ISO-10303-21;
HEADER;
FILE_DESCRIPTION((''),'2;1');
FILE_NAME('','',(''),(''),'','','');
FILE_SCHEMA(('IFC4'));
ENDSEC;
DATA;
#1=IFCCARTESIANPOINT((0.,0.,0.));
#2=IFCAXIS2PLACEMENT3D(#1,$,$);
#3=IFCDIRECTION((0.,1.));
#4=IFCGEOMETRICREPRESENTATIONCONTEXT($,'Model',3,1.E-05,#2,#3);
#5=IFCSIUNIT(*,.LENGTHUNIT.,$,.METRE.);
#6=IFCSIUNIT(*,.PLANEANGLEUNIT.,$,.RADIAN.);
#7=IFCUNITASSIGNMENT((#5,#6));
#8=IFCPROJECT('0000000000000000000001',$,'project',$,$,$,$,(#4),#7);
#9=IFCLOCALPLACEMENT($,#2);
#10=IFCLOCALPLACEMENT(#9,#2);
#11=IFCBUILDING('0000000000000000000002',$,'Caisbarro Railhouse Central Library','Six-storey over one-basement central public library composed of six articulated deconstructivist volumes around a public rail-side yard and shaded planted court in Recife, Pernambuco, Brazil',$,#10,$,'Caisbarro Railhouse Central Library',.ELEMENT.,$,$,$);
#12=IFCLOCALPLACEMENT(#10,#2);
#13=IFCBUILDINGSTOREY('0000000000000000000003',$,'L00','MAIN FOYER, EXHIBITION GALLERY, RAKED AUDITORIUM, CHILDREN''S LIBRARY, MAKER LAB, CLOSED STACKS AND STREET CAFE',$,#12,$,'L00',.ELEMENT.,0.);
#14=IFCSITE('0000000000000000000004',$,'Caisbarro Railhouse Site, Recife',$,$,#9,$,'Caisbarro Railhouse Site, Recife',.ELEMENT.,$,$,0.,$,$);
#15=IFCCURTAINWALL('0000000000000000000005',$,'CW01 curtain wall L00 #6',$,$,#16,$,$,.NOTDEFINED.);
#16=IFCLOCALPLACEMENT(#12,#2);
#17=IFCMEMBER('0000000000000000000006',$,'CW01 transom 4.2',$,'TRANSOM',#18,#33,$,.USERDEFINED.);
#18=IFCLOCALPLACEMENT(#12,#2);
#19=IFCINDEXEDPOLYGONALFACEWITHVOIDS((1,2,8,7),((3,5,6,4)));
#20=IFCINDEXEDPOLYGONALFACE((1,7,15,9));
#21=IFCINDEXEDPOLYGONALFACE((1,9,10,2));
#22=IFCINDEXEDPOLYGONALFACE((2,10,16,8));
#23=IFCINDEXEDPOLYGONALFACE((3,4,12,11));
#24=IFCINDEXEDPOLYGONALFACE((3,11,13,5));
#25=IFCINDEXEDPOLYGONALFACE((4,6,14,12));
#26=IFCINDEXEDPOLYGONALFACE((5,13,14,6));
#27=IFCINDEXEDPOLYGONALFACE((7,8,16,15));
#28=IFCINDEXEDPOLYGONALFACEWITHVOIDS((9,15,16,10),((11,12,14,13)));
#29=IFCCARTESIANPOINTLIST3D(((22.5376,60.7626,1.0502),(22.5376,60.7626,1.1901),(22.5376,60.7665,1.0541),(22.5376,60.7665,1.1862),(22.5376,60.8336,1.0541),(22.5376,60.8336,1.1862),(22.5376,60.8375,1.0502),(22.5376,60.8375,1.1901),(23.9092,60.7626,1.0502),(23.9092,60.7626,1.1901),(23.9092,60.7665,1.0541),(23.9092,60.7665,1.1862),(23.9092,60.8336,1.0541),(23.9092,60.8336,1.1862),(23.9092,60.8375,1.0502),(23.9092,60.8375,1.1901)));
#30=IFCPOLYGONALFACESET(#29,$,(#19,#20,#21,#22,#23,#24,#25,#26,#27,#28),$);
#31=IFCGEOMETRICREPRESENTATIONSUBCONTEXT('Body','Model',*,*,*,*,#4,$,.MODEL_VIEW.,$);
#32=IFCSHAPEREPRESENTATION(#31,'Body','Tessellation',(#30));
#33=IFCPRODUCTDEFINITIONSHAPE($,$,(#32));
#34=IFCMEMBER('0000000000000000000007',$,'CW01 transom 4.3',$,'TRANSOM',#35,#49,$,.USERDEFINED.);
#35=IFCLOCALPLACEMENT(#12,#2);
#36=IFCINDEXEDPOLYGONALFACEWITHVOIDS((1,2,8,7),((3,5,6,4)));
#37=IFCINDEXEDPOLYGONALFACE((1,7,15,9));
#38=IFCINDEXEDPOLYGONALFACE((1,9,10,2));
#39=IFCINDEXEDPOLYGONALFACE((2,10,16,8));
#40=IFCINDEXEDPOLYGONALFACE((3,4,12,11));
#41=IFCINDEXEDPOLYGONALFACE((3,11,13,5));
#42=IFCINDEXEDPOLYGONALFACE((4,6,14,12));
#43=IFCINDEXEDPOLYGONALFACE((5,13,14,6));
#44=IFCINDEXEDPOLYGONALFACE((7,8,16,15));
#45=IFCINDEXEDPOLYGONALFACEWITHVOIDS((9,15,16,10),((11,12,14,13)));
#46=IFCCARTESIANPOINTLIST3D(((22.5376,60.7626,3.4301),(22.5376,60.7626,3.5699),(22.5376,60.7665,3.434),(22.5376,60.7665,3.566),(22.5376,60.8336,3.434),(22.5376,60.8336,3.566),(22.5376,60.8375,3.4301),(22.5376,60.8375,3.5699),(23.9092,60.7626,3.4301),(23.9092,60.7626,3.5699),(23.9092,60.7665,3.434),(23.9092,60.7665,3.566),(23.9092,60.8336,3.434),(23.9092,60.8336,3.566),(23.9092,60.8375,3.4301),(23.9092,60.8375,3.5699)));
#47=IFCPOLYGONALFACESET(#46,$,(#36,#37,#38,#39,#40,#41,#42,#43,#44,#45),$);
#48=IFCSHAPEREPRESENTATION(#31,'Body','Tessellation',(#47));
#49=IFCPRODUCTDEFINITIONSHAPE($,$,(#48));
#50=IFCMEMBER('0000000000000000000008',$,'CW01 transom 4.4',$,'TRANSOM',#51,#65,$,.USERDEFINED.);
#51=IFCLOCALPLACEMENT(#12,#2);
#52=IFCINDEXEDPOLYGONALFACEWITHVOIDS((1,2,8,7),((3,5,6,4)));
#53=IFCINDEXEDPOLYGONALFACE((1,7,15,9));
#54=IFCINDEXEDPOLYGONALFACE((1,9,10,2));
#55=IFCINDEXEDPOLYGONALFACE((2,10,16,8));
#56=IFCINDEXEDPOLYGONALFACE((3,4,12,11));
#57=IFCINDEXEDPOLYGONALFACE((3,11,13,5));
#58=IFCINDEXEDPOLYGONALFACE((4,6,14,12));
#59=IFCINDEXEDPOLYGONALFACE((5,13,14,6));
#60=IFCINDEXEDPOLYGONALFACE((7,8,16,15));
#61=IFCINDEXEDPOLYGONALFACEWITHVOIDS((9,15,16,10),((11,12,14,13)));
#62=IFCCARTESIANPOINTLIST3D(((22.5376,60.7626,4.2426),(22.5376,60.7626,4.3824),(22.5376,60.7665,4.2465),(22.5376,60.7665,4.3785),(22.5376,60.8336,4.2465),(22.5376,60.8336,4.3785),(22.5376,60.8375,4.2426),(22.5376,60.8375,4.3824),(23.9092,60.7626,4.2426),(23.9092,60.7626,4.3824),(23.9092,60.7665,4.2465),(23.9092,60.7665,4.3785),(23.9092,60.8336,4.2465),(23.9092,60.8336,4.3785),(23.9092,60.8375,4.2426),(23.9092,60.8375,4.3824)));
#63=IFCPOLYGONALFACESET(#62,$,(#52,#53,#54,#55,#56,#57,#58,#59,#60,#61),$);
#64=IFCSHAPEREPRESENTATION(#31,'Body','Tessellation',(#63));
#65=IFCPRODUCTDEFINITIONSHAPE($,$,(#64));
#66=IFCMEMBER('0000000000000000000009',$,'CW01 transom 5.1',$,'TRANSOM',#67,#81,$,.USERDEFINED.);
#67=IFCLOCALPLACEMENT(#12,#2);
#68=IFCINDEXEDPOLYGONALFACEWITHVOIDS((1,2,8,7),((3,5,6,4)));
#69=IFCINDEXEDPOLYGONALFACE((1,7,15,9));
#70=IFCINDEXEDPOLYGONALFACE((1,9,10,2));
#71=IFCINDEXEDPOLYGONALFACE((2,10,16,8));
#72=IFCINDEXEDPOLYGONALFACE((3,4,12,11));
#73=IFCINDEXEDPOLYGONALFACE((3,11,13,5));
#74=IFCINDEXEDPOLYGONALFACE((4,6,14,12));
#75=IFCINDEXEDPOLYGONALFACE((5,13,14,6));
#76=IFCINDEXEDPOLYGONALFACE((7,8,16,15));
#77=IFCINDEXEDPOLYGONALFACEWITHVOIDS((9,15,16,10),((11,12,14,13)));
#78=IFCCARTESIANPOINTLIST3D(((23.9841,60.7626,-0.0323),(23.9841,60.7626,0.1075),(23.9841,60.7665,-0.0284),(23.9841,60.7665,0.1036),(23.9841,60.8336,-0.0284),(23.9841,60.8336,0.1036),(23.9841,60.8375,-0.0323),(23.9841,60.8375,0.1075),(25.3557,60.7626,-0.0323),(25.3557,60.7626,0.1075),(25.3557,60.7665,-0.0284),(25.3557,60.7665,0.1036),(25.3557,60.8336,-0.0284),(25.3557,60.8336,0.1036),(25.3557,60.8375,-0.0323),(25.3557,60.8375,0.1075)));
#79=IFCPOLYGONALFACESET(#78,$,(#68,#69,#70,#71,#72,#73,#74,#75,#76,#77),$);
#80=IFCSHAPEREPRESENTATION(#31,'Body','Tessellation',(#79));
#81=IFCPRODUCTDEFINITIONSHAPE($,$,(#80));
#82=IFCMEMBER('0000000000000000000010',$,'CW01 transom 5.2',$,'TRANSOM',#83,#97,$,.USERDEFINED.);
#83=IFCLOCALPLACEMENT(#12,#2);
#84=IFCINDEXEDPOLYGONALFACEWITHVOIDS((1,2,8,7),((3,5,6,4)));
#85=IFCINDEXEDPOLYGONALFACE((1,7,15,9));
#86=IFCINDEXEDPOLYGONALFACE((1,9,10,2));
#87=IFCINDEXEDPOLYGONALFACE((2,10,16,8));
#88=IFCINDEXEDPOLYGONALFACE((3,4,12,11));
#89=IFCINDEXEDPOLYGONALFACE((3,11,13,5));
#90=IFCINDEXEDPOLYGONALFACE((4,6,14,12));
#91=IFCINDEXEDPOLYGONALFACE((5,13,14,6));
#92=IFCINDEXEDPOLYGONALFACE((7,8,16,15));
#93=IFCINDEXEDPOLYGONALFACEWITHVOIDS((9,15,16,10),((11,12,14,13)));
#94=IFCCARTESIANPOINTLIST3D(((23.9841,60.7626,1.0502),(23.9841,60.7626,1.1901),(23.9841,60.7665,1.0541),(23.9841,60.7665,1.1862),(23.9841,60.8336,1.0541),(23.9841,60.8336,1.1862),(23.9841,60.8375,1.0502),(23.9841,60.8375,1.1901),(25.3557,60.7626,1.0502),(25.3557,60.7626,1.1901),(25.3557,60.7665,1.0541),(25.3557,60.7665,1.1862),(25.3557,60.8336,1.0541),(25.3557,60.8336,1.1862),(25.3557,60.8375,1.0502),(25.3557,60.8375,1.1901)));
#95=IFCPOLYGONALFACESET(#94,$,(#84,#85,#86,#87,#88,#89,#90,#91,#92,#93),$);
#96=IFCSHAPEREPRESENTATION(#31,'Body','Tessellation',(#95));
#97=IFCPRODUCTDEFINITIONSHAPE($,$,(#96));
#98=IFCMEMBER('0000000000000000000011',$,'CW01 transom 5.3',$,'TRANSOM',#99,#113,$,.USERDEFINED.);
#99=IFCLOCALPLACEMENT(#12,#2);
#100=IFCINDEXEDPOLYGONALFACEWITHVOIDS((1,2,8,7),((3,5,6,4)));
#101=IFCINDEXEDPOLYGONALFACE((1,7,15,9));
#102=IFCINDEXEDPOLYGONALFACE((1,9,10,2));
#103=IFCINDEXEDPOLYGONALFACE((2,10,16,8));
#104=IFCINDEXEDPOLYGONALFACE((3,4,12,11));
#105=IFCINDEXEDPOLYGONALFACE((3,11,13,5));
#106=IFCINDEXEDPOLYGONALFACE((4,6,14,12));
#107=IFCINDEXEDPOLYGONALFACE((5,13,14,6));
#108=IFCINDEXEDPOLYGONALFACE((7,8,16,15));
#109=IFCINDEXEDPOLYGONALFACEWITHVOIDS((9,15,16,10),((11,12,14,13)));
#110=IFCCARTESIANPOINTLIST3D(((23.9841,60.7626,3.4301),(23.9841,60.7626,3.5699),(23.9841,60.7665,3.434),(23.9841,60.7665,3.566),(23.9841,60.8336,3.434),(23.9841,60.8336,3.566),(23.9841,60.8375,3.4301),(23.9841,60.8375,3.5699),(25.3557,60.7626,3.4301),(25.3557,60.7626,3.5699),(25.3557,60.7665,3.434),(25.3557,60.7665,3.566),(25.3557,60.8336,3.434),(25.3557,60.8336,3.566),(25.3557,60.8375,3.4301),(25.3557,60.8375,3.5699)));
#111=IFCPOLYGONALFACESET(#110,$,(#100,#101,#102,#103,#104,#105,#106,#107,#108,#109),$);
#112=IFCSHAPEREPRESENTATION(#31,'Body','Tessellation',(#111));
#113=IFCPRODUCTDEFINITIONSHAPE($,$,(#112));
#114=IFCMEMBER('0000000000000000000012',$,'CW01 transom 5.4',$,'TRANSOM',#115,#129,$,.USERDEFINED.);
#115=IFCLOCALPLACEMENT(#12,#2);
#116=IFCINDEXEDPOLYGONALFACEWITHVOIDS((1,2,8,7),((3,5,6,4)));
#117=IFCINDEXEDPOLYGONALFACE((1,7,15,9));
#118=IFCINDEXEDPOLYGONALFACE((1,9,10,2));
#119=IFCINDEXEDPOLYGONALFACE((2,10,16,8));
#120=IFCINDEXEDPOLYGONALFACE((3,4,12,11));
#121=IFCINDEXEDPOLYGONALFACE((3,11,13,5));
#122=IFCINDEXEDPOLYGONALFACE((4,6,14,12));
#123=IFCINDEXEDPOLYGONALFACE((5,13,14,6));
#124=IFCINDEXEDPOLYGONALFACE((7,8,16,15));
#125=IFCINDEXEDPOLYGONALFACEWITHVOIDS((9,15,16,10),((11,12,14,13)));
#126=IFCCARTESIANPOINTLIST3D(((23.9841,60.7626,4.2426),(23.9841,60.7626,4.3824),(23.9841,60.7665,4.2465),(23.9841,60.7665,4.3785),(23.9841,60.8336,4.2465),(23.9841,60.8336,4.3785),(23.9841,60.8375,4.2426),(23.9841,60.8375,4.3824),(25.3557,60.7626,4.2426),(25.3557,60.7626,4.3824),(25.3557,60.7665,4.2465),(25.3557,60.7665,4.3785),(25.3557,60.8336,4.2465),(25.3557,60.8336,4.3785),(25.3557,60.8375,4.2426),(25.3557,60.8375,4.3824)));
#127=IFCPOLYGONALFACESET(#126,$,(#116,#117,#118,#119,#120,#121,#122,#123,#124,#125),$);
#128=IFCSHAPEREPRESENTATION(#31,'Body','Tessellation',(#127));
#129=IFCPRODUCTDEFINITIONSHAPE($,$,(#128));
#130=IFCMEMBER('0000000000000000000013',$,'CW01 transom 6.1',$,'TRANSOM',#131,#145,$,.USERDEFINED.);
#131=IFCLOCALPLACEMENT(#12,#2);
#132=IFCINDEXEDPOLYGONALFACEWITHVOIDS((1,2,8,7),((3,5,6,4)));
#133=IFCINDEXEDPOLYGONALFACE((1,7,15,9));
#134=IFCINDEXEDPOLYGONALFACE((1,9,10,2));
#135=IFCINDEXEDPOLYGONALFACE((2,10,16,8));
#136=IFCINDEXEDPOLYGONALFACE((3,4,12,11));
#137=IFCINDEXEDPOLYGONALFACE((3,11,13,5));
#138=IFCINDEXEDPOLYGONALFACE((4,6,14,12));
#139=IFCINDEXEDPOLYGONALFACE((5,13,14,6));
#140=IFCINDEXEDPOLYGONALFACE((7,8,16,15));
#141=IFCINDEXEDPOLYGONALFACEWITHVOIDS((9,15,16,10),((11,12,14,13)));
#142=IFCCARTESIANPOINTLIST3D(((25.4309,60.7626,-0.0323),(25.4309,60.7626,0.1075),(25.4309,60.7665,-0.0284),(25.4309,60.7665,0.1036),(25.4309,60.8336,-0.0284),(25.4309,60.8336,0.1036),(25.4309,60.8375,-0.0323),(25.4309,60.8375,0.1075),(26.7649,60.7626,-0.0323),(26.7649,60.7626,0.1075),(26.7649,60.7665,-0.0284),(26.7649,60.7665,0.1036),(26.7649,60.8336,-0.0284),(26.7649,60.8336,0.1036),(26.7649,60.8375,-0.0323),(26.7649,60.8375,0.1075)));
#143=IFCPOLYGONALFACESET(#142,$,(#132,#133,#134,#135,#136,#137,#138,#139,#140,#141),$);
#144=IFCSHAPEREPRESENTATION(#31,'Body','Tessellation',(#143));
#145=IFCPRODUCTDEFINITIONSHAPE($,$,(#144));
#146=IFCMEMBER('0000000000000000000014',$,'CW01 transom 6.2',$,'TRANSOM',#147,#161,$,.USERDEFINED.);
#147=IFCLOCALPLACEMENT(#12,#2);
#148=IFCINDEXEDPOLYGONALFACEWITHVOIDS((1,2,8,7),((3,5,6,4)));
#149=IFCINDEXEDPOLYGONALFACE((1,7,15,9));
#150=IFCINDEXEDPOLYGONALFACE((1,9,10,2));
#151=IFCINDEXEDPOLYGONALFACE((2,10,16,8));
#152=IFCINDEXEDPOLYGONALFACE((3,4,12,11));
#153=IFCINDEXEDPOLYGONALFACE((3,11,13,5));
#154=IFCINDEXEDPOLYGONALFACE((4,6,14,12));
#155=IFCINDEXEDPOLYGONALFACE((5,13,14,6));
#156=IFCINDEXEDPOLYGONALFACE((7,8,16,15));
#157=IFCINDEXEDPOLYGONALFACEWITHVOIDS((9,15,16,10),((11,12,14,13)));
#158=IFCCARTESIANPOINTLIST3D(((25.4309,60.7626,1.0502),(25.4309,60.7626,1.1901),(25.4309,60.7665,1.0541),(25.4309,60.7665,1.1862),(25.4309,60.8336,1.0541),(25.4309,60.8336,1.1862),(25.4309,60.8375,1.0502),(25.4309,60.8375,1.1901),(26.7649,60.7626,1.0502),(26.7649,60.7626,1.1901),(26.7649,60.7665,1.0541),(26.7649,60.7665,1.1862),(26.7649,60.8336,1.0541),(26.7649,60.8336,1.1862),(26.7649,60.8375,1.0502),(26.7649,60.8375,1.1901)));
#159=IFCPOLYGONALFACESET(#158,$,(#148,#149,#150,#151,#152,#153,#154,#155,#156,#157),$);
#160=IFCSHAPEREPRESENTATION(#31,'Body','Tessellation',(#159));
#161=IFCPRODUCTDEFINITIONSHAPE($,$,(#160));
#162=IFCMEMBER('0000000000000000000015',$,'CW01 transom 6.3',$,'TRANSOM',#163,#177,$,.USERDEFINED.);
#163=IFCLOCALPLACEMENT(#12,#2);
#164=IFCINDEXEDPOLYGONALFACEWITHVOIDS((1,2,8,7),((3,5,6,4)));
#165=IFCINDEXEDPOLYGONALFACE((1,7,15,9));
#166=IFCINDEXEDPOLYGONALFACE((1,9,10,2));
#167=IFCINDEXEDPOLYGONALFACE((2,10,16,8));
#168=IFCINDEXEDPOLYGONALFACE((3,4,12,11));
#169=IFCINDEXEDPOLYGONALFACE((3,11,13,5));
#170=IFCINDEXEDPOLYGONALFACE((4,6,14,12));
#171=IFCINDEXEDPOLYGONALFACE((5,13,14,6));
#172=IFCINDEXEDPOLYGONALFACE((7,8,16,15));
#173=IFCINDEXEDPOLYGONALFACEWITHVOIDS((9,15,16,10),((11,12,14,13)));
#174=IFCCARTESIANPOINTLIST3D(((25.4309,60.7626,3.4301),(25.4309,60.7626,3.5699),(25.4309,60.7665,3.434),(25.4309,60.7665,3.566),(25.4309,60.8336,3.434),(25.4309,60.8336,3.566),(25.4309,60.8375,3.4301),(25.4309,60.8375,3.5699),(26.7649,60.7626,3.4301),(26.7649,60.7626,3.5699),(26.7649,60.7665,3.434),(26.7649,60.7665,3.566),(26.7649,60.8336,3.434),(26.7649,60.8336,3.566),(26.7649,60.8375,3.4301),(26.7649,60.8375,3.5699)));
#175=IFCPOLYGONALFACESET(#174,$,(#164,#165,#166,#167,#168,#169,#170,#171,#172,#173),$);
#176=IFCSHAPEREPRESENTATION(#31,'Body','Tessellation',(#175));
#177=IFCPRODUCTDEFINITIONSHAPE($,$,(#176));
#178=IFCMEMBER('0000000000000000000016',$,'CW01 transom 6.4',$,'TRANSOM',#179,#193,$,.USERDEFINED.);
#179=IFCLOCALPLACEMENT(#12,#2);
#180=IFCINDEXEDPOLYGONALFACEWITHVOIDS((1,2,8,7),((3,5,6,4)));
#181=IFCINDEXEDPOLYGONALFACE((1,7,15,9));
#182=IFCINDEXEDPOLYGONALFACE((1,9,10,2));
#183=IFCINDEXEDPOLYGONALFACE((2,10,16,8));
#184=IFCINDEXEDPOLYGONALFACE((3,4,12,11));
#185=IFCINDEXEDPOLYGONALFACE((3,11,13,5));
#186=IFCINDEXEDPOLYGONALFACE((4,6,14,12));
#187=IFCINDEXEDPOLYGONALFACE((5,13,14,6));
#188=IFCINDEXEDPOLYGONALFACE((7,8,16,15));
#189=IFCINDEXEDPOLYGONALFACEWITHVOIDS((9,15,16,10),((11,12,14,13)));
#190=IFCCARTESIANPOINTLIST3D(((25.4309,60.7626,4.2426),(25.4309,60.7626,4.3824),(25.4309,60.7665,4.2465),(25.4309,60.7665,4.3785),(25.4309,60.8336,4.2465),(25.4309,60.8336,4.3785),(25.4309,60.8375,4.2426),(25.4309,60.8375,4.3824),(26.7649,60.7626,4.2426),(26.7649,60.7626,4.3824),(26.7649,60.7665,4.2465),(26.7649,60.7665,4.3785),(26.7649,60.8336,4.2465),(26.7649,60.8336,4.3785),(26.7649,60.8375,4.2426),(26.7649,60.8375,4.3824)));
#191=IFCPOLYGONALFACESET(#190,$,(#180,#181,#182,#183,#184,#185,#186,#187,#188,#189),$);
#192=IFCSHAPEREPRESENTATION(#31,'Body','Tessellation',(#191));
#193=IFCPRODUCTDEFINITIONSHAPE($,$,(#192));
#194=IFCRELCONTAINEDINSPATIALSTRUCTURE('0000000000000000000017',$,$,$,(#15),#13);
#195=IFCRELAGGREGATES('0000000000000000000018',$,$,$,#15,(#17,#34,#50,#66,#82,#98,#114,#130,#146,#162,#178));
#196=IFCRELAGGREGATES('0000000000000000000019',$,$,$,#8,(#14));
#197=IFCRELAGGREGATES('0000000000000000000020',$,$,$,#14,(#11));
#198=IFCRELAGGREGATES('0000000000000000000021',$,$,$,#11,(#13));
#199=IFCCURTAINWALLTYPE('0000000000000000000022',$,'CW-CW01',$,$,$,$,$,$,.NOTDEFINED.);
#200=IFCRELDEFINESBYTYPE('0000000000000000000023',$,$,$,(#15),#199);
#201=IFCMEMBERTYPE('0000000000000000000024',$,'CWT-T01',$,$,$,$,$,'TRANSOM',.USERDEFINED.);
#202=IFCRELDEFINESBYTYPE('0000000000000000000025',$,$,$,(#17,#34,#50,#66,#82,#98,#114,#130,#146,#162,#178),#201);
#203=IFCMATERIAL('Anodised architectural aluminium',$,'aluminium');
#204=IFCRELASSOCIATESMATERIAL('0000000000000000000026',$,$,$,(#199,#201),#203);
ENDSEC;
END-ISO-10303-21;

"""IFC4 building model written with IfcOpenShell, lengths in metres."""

from ifc_helpers import new_model, si_unit, direction, frame, origin, origin_2d, place, context, subcontext, project, spatial, hollow_rectangle, extrude, material, material_profile, profile_set, type_object, element, aggregate, save


model = new_model("IFC4")

# Units and contexts
model_context = context("Model", 3, precision=1e-05, world=origin(), true_north=direction((0.0, 1.0)))
body_context = subcontext(model_context, "Body", "Model", "MODEL_VIEW")
ifc_project = project(units=[si_unit("LENGTHUNIT", "METRE"), si_unit("PLANEANGLEUNIT", "RADIAN")], contexts=[model_context])

# Site, building, storey
site_placement = place(None, origin())
site = spatial("IfcSite", under=ifc_project, at=site_placement, Name="Caisbarro Railhouse Site, Recife", LongName="Caisbarro Railhouse Site, Recife", CompositionType="ELEMENT", RefElevation=0.0)
building_placement = place(site_placement, origin())
building = spatial("IfcBuilding", under=site, at=building_placement, Name="Caisbarro Railhouse Central Library", Description="Six-storey over one-basement central public library composed of six articulated deconstructivist volumes around a public rail-side yard and shaded planted court in Recife, Pernambuco, Brazil", LongName="Caisbarro Railhouse Central Library", CompositionType="ELEMENT")
storey_placement = place(building_placement, origin())
storey = spatial("IfcBuildingStorey", under=building, at=storey_placement, Name="L00", Description="MAIN FOYER, EXHIBITION GALLERY, RAKED AUDITORIUM, CHILDREN'S LIBRARY, MAKER LAB, CLOSED STACKS AND STREET CAFE", LongName="L00", CompositionType="ELEMENT", Elevation=0.0)

# Curtain wall, members
ifc_material_1 = material(Name="Anodised architectural aluminium", Category="aluminium")
curtain_wall_type = type_object("IfcCurtainWallType", Name="CW-CW01", PredefinedType="NOTDEFINED", material=ifc_material_1)
curtain_wall_placement = place(storey_placement, origin())
curtain_wall = element("IfcCurtainWall", 1, at=curtain_wall_placement, inside=storey, type_object=curtain_wall_type, Name="CW01 curtain wall L00 #6", PredefinedType="NOTDEFINED")
ifc_material_profile_1 = material_profile(ifc_material_1, hollow_rectangle(XDim=0.075, YDim=0.1399, WallThickness=0.0039, at=origin_2d()), Name="ALU-TRN-75X140")
ifc_profile_set_1 = profile_set([ifc_material_profile_1], Name="Anodised architectural aluminium")
member_type_1 = type_object("IfcMemberType", Name="CWT-T01", ElementType="TRANSOM", PredefinedType="USERDEFINED", material=ifc_profile_set_1)
member_1_placement = place(storey_placement, frame((22.5376, 60.8, 1.1201), z_axis=(1.0, 0.0, 0.0), x_axis=(0.0, 1.0, 0.0)))
member_1 = element("IfcMember", 2, at=member_1_placement, type_object=member_type_1, Name="CW01 transom 4.2", ObjectType="TRANSOM", PredefinedType="USERDEFINED", context=body_context, shape_type="SweptSolid", body=[
    extrude(hollow_rectangle(XDim=0.075, YDim=0.1399, WallThickness=0.0039, at=origin_2d()), origin(), (0.0, 0.0, 1.0), 1.3716),
])
member_2_placement = place(storey_placement, frame((22.5376, 60.8, 3.5), z_axis=(1.0, 0.0, 0.0), x_axis=(0.0, 1.0, 0.0)))
member_2 = element("IfcMember", 3, at=member_2_placement, type_object=member_type_1, Name="CW01 transom 4.3", ObjectType="TRANSOM", PredefinedType="USERDEFINED", context=body_context, shape_type="SweptSolid", body=[
    extrude(hollow_rectangle(XDim=0.075, YDim=0.1399, WallThickness=0.0039, at=origin_2d()), origin(), (0.0, 0.0, 1.0), 1.3716),
])
member_3_placement = place(storey_placement, frame((22.5376, 60.8, 4.3125), z_axis=(1.0, 0.0, 0.0), x_axis=(0.0, 1.0, 0.0)))
member_3 = element("IfcMember", 4, at=member_3_placement, type_object=member_type_1, Name="CW01 transom 4.4", ObjectType="TRANSOM", PredefinedType="USERDEFINED", context=body_context, shape_type="SweptSolid", body=[
    extrude(hollow_rectangle(XDim=0.075, YDim=0.1399, WallThickness=0.0039, at=origin_2d()), origin(), (0.0, 0.0, 1.0), 1.3716),
])
member_4_placement = place(storey_placement, frame((23.9841, 60.8, 0.0376), z_axis=(1.0, 0.0, 0.0), x_axis=(0.0, 1.0, 0.0)))
member_4 = element("IfcMember", 5, at=member_4_placement, type_object=member_type_1, Name="CW01 transom 5.1", ObjectType="TRANSOM", PredefinedType="USERDEFINED", context=body_context, shape_type="SweptSolid", body=[
    extrude(hollow_rectangle(XDim=0.075, YDim=0.1399, WallThickness=0.0039, at=origin_2d()), origin(), (0.0, 0.0, 1.0), 1.3716),
])
member_5_placement = place(storey_placement, frame((23.9841, 60.8, 1.1201), z_axis=(1.0, 0.0, 0.0), x_axis=(0.0, 1.0, 0.0)))
member_5 = element("IfcMember", 6, at=member_5_placement, type_object=member_type_1, Name="CW01 transom 5.2", ObjectType="TRANSOM", PredefinedType="USERDEFINED", context=body_context, shape_type="SweptSolid", body=[
    extrude(hollow_rectangle(XDim=0.075, YDim=0.1399, WallThickness=0.0039, at=origin_2d()), origin(), (0.0, 0.0, 1.0), 1.3716),
])
member_6_placement = place(storey_placement, frame((23.9841, 60.8, 3.5), z_axis=(1.0, 0.0, 0.0), x_axis=(0.0, 1.0, 0.0)))
member_6 = element("IfcMember", 7, at=member_6_placement, type_object=member_type_1, Name="CW01 transom 5.3", ObjectType="TRANSOM", PredefinedType="USERDEFINED", context=body_context, shape_type="SweptSolid", body=[
    extrude(hollow_rectangle(XDim=0.075, YDim=0.1399, WallThickness=0.0039, at=origin_2d()), origin(), (0.0, 0.0, 1.0), 1.3716),
])
member_7_placement = place(storey_placement, frame((23.9841, 60.8, 4.3125), z_axis=(1.0, 0.0, 0.0), x_axis=(0.0, 1.0, 0.0)))
member_7 = element("IfcMember", 8, at=member_7_placement, type_object=member_type_1, Name="CW01 transom 5.4", ObjectType="TRANSOM", PredefinedType="USERDEFINED", context=body_context, shape_type="SweptSolid", body=[
    extrude(hollow_rectangle(XDim=0.075, YDim=0.1399, WallThickness=0.0039, at=origin_2d()), origin(), (0.0, 0.0, 1.0), 1.3716),
])
member_8_placement = place(storey_placement, frame((25.4309, 60.8, 0.0376), z_axis=(1.0, 0.0, 0.0), x_axis=(0.0, 1.0, 0.0)))
member_8 = element("IfcMember", 9, at=member_8_placement, type_object=member_type_1, Name="CW01 transom 6.1", ObjectType="TRANSOM", PredefinedType="USERDEFINED", context=body_context, shape_type="SweptSolid", body=[
    extrude(hollow_rectangle(XDim=0.075, YDim=0.1399, WallThickness=0.0039, at=origin_2d()), origin(), (0.0, 0.0, 1.0), 1.334),
])
member_9_placement = place(storey_placement, frame((25.4309, 60.8, 1.1201), z_axis=(1.0, 0.0, 0.0), x_axis=(0.0, 1.0, 0.0)))
member_9 = element("IfcMember", 10, at=member_9_placement, type_object=member_type_1, Name="CW01 transom 6.2", ObjectType="TRANSOM", PredefinedType="USERDEFINED", context=body_context, shape_type="SweptSolid", body=[
    extrude(hollow_rectangle(XDim=0.075, YDim=0.1399, WallThickness=0.0039, at=origin_2d()), origin(), (0.0, 0.0, 1.0), 1.334),
])
member_10_placement = place(storey_placement, frame((25.4309, 60.8, 3.5), z_axis=(1.0, 0.0, 0.0), x_axis=(0.0, 1.0, 0.0)))
member_10 = element("IfcMember", 11, at=member_10_placement, type_object=member_type_1, Name="CW01 transom 6.3", ObjectType="TRANSOM", PredefinedType="USERDEFINED", context=body_context, shape_type="SweptSolid", body=[
    extrude(hollow_rectangle(XDim=0.075, YDim=0.1399, WallThickness=0.0039, at=origin_2d()), origin(), (0.0, 0.0, 1.0), 1.334),
])
member_11_placement = place(storey_placement, frame((25.4309, 60.8, 4.3125), z_axis=(1.0, 0.0, 0.0), x_axis=(0.0, 1.0, 0.0)))
member_11 = element("IfcMember", 12, at=member_11_placement, type_object=member_type_1, Name="CW01 transom 6.4", ObjectType="TRANSOM", PredefinedType="USERDEFINED", context=body_context, shape_type="SweptSolid", body=[
    extrude(hollow_rectangle(XDim=0.075, YDim=0.1399, WallThickness=0.0039, at=origin_2d()), origin(), (0.0, 0.0, 1.0), 1.334),
])
aggregate(curtain_wall, [member_1, member_2, member_3, member_4, member_5, member_6, member_7, member_8, member_9, member_10, member_11])

save(model, "model.ifc")
